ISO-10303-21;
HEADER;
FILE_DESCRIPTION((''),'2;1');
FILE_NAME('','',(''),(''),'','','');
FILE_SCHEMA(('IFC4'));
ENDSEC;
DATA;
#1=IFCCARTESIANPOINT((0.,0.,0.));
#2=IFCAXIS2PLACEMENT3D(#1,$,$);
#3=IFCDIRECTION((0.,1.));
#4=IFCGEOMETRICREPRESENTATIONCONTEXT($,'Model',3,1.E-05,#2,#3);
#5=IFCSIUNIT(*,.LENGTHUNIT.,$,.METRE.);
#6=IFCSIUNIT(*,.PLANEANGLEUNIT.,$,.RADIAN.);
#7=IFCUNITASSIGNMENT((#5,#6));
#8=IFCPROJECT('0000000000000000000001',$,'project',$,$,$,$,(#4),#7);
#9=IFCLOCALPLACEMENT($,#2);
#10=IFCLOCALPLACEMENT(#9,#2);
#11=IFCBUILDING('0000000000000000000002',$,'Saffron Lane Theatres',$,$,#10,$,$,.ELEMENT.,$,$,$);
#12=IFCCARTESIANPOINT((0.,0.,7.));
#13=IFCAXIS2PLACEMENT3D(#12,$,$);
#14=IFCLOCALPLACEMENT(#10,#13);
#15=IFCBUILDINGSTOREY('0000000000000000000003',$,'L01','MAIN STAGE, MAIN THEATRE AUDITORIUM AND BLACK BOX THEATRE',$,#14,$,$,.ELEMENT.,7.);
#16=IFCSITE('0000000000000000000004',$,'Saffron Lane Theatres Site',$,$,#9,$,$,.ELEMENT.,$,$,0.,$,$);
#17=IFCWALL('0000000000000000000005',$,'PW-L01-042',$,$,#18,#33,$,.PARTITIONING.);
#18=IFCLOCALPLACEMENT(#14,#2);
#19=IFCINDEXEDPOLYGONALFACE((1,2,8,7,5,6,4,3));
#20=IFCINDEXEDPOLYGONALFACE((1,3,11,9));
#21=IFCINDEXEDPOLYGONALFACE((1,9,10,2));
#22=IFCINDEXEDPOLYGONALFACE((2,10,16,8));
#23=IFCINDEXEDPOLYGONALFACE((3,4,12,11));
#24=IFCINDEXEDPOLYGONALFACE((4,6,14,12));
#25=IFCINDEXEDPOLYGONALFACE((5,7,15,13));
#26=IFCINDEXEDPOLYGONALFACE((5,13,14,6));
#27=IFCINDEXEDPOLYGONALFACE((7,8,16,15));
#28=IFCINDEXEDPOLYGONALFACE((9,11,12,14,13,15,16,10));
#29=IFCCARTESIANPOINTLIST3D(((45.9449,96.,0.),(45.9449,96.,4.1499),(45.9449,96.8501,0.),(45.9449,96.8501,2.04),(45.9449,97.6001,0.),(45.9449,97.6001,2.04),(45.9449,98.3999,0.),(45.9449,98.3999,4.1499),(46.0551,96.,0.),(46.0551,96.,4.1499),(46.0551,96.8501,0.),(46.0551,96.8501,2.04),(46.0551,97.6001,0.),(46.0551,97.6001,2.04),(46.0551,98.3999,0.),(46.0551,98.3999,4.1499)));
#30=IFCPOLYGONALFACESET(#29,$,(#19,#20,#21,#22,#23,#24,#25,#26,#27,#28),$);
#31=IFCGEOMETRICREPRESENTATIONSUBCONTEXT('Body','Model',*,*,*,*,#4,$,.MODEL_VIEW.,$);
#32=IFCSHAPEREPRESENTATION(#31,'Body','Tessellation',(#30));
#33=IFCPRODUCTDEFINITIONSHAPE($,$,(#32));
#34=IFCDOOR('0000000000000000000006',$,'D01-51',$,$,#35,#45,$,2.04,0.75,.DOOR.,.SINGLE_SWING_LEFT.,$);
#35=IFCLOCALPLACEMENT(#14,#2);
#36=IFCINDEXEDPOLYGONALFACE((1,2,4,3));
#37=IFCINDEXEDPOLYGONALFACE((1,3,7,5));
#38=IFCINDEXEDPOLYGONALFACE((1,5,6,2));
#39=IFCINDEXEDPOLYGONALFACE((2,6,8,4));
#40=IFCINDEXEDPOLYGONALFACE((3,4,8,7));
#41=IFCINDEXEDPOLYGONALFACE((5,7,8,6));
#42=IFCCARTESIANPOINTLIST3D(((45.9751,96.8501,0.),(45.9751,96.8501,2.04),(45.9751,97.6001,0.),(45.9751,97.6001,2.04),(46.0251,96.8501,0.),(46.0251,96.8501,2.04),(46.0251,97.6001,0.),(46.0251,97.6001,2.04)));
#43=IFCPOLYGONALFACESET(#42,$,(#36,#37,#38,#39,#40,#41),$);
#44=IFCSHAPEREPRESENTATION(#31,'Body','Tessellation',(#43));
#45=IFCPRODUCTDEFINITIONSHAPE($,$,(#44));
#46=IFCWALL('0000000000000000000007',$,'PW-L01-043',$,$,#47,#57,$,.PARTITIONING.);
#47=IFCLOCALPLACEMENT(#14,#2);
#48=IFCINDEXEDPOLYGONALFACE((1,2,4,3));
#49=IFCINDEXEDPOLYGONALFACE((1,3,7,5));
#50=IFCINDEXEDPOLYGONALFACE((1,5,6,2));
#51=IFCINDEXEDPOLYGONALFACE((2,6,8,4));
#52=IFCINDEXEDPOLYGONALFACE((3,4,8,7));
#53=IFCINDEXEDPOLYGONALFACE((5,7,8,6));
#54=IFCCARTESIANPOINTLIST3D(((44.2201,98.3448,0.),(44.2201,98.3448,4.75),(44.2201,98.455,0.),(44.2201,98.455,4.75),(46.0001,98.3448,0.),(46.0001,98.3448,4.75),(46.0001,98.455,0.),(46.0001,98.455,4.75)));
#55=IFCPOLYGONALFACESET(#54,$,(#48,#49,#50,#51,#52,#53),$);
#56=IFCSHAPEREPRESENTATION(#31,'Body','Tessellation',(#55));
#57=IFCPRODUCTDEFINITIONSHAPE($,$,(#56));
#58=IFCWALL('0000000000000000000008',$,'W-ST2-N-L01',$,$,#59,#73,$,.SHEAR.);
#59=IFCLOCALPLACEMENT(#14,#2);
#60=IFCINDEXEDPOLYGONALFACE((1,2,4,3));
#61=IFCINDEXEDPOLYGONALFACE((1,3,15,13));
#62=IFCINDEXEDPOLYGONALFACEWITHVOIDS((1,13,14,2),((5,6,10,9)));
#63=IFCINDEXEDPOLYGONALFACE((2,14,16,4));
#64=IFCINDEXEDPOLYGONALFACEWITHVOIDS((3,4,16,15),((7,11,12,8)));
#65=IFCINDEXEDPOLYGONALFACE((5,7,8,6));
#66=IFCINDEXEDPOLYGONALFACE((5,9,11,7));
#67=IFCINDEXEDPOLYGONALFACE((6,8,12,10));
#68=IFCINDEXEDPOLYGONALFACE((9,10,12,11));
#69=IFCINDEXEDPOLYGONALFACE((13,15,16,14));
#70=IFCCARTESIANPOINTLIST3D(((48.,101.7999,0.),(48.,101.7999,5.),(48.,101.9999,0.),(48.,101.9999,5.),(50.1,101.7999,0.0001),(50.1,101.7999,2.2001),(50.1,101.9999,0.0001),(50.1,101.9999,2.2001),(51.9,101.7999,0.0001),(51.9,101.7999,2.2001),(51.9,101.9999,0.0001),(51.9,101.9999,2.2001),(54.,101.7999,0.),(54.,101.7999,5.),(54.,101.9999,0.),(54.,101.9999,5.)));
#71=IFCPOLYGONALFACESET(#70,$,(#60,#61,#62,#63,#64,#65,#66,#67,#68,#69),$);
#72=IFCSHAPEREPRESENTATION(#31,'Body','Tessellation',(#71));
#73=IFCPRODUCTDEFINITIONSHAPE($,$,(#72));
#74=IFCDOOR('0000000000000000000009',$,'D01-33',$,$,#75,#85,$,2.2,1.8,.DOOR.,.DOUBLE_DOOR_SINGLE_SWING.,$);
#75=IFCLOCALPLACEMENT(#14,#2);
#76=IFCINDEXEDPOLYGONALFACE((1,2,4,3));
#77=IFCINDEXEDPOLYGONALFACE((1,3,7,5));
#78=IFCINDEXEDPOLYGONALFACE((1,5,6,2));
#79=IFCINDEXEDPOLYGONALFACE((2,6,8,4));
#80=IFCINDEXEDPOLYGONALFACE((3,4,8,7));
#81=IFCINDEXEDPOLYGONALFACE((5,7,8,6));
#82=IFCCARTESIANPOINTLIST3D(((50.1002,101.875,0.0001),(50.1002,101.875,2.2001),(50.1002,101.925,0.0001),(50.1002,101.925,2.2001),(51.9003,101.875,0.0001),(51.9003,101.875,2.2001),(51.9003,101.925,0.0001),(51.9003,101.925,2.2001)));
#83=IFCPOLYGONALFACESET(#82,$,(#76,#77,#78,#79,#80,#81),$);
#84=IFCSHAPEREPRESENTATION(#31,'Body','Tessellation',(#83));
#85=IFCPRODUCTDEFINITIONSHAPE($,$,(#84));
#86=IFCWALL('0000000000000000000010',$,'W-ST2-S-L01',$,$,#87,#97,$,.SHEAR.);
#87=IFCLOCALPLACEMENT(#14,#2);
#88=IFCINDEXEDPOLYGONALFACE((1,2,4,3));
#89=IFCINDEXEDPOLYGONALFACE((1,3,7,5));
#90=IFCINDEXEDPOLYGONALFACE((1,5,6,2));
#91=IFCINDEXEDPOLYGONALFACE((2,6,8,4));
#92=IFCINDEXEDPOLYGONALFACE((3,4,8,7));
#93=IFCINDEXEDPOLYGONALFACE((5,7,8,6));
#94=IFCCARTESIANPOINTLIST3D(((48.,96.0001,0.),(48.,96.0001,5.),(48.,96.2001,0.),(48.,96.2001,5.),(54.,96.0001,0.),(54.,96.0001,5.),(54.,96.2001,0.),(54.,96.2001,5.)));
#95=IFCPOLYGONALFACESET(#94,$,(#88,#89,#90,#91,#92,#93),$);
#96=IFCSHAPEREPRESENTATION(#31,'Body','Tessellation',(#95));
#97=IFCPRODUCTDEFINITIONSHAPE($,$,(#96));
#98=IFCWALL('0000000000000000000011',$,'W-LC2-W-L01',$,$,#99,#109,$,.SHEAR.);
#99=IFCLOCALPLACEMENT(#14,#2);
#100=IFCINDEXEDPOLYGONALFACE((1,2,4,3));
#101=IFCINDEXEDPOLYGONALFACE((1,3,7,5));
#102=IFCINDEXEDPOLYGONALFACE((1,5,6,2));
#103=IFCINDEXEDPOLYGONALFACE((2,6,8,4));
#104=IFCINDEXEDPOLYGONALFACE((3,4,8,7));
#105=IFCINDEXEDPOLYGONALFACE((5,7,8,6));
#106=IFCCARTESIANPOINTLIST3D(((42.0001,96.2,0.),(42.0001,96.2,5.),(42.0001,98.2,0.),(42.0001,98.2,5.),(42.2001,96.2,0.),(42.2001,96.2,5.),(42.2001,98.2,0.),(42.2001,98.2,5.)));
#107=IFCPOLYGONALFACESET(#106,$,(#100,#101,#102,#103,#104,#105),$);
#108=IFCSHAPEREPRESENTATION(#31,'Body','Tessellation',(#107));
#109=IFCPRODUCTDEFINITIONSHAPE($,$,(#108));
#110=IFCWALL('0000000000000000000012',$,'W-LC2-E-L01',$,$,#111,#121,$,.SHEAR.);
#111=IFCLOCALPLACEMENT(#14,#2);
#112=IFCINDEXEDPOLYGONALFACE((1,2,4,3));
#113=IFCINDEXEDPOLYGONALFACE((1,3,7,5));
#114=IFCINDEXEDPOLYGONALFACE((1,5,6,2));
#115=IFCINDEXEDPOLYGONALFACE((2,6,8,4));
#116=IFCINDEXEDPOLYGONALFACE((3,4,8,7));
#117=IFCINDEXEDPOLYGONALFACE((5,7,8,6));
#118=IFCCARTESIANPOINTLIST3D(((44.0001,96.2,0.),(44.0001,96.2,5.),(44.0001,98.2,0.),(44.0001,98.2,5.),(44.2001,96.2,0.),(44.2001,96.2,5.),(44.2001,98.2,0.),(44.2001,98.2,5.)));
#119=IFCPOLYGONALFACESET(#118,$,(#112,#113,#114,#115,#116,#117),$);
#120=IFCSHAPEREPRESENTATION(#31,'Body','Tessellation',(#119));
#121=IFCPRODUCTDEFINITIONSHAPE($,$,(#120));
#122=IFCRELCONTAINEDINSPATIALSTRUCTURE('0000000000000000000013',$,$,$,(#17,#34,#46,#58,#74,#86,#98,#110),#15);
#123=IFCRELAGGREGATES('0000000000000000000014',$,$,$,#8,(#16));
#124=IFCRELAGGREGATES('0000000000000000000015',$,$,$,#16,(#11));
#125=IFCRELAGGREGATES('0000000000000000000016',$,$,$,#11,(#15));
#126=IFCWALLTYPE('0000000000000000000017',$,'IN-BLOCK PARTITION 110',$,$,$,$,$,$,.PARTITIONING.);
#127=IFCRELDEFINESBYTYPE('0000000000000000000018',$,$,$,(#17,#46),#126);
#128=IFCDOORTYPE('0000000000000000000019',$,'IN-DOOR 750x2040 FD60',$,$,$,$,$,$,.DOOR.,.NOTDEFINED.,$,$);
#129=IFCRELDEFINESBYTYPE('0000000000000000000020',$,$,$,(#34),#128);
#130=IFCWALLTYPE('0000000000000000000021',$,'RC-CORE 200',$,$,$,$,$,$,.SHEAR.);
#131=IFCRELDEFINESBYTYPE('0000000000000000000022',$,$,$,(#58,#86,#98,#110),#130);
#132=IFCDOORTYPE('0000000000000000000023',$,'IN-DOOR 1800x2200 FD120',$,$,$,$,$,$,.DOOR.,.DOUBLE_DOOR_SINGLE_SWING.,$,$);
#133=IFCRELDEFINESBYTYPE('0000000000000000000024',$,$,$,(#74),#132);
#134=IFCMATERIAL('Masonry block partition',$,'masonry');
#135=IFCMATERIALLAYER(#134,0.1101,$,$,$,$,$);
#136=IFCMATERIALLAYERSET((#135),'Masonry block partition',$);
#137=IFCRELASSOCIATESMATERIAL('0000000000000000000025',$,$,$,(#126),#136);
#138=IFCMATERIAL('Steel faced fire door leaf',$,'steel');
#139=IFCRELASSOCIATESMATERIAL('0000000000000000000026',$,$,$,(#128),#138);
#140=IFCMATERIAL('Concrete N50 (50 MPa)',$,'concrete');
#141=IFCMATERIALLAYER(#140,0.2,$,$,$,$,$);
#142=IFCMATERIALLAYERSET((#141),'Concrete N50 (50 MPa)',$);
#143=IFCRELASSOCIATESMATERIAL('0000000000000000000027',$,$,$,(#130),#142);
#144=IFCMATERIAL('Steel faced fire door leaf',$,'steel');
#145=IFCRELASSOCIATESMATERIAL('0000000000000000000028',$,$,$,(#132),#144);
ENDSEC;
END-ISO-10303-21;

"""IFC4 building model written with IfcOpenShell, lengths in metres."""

from ifc_helpers import new_model, si_unit, direction, frame, frame_2d, origin, place, context, subcontext, project, spatial, rectangle, extrude, material, layer, layer_set, type_object, element, fill, save


model = new_model("IFC4")

# Units and contexts
model_context = context("Model", 3, precision=1e-05, world=origin(), true_north=direction((0.0, 1.0)))
body_context = subcontext(model_context, "Body", "Model", "MODEL_VIEW")
ifc_project = project(units=[si_unit("LENGTHUNIT", "METRE"), si_unit("PLANEANGLEUNIT", "RADIAN")], contexts=[model_context])

# Site, building, storey
site_placement = place(None, origin())
site = spatial("IfcSite", under=ifc_project, at=site_placement, Name="Saffron Lane Theatres Site", CompositionType="ELEMENT", RefElevation=0.0)
building_placement = place(site_placement, origin())
building = spatial("IfcBuilding", under=site, at=building_placement, Name="Saffron Lane Theatres", CompositionType="ELEMENT")
storey_placement = place(building_placement, frame((0.0, 0.0, 7.0)))
storey = spatial("IfcBuildingStorey", under=building, at=storey_placement, Name="L01", Description="MAIN STAGE, MAIN THEATRE AUDITORIUM AND BLACK BOX THEATRE", CompositionType="ELEMENT", Elevation=7.0)

# Shared definitions
ifc_material_1 = material(Name="Masonry block partition", Category="masonry")
ifc_layer_1 = layer(ifc_material_1, 0.1101)
ifc_layer_set_1 = layer_set([ifc_layer_1], Name="Masonry block partition")
wall_type_1 = type_object("IfcWallType", Name="IN-BLOCK PARTITION 110", PredefinedType="PARTITIONING", material=ifc_layer_set_1)

# Wall, opening, door
wall_1_placement = place(storey_placement, frame((46.0, 96.0, 0.0), z_axis=(0.0, 0.0, 1.0), x_axis=(0.0, 1.0, 0.0)))
wall_1 = element("IfcWall", 1, at=wall_1_placement, inside=storey, type_object=wall_type_1, Name="PW-L01-042", PredefinedType="PARTITIONING", context=body_context, shape_type="SweptSolid", body=[
    extrude(rectangle(XDim=2.3999, YDim=0.1101, at=frame_2d((1.2, 0.0))), origin(), (0.0, 0.0, 1.0), 4.1499),
])
opening_1_placement = place(wall_1_placement, frame((0.8501, 0.0, 0.0)))
opening_1 = element("IfcOpeningElement", 2, at=opening_1_placement, cuts=wall_1, PredefinedType="OPENING", context=body_context, shape_type="SweptSolid", body=[
    extrude(rectangle(XDim=0.75, YDim=2.04, at=frame_2d((0.375, 1.02))), frame((0.0, 0.0649, 0.0), z_axis=(0.0, -1.0, 0.0), x_axis=(1.0, 0.0, 0.0)), (0.0, 0.0, 1.0), 0.1301),
])
ifc_material_2 = material(Name="Steel faced fire door leaf", Category="steel")
door_type_1 = type_object("IfcDoorType", Name="IN-DOOR 750x2040 FD60", OperationType="NOTDEFINED", PredefinedType="DOOR", material=ifc_material_2)
door_1_placement = place(opening_1_placement, origin())
door_1 = element("IfcDoor", 3, at=door_1_placement, inside=storey, type_object=door_type_1, Name="D01-51", OperationType="SINGLE_SWING_LEFT", OverallHeight=2.04, OverallWidth=0.75, PredefinedType="DOOR", context=body_context, shape_type="SweptSolid", body=[
    extrude(rectangle(XDim=0.75, YDim=2.04, at=frame_2d((0.375, 1.02))), frame((0.0, 0.0249, 0.0), z_axis=(0.0, -1.0, 0.0), x_axis=(1.0, 0.0, 0.0)), (0.0, 0.0, 1.0), 0.05),
])
fill(opening_1, door_1)

# Wall
wall_2_placement = place(storey_placement, frame((44.22, 98.3999, 0.0), z_axis=(0.0, 0.0, 1.0), x_axis=(1.0, 0.0, 0.0)))
element("IfcWall", 4, at=wall_2_placement, inside=storey, type_object=wall_type_1, Name="PW-L01-043", PredefinedType="PARTITIONING", context=body_context, shape_type="SweptSolid", body=[
    extrude(rectangle(XDim=1.78, YDim=0.1101, at=frame_2d((0.8901, 0.0))), origin(), (0.0, 0.0, 1.0), 4.75),
])

# Wall, opening, door
ifc_material_3 = material(Name="Concrete N50 (50 MPa)", Category="concrete")
ifc_layer_2 = layer(ifc_material_3, 0.2)
ifc_layer_set_2 = layer_set([ifc_layer_2], Name="Concrete N50 (50 MPa)")
wall_type_2 = type_object("IfcWallType", Name="RC-CORE 200", PredefinedType="SHEAR", material=ifc_layer_set_2)
wall_3_placement = place(storey_placement, frame((48.0, 101.8999, 0.0), z_axis=(0.0, 0.0, 1.0), x_axis=(1.0, 0.0, 0.0)))
wall_3 = element("IfcWall", 5, at=wall_3_placement, inside=storey, type_object=wall_type_2, Name="W-ST2-N-L01", PredefinedType="SHEAR", context=body_context, shape_type="SweptSolid", body=[
    extrude(rectangle(XDim=6.0, YDim=0.2, at=frame_2d((3.0, 0.0))), origin(), (0.0, 0.0, 1.0), 5.0),
])
opening_2_placement = place(wall_3_placement, frame((2.1001, 0.0, 0.0)))
opening_2 = element("IfcOpeningElement", 6, at=opening_2_placement, cuts=wall_3, PredefinedType="OPENING", context=body_context, shape_type="SweptSolid", body=[
    extrude(rectangle(XDim=1.8, YDim=2.2, at=frame_2d((0.8999, 1.1001))), frame((0.0, 0.1099, 0.0), z_axis=(0.0, -1.0, 0.0), x_axis=(1.0, 0.0, 0.0)), (0.0, 0.0, 1.0), 0.22),
])
ifc_material_4 = material(Name="Steel faced fire door leaf", Category="steel")
door_type_2 = type_object("IfcDoorType", Name="IN-DOOR 1800x2200 FD120", OperationType="DOUBLE_DOOR_SINGLE_SWING", PredefinedType="DOOR", material=ifc_material_4)
door_2_placement = place(opening_2_placement, frame((1.8, 0.0, 0.0), z_axis=(0.0, 0.0, 1.0), x_axis=(-1.0, 0.0, 0.0)))
door_2 = element("IfcDoor", 7, at=door_2_placement, inside=storey, type_object=door_type_2, Name="D01-33", OperationType="DOUBLE_DOOR_SINGLE_SWING", OverallHeight=2.2, OverallWidth=1.8, PredefinedType="DOOR", context=body_context, shape_type="SweptSolid", body=[
    extrude(rectangle(XDim=1.8, YDim=2.2, at=frame_2d((0.8999, 1.1001))), frame((0.0, 0.0249, 0.0), z_axis=(0.0, -1.0, 0.0), x_axis=(1.0, 0.0, 0.0)), (0.0, 0.0, 1.0), 0.05),
])
fill(opening_2, door_2)

# Walls
wall_4_placement = place(storey_placement, frame((48.0, 96.1001, 0.0), z_axis=(0.0, 0.0, 1.0), x_axis=(1.0, 0.0, 0.0)))
element("IfcWall", 8, at=wall_4_placement, inside=storey, type_object=wall_type_2, Name="W-ST2-S-L01", PredefinedType="SHEAR", context=body_context, shape_type="SweptSolid", body=[
    extrude(rectangle(XDim=6.0, YDim=0.2, at=frame_2d((3.0, 0.0))), origin(), (0.0, 0.0, 1.0), 5.0),
])
for number, where, z_axis, x_axis, name in (
    (9, (42.1001, 96.2, 0.0), (0.0, 0.0, 1.0), (0.0, 1.0, 0.0), "W-LC2-W-L01"),
    (10, (44.1001, 96.2, 0.0), (0.0, 0.0, 1.0), (0.0, 1.0, 0.0), "W-LC2-E-L01"),
):
    element("IfcWall", number, at=place(storey_placement, frame(where, z_axis=z_axis, x_axis=x_axis)), inside=storey, type_object=wall_type_2, Name=name, PredefinedType="SHEAR", context=body_context, shape_type="SweptSolid", body=[
        extrude(rectangle(XDim=2.0, YDim=0.2, at=frame_2d((1.0, 0.0))), origin(), (0.0, 0.0, 1.0), 5.0),
    ])

save(model, "model.ifc")
